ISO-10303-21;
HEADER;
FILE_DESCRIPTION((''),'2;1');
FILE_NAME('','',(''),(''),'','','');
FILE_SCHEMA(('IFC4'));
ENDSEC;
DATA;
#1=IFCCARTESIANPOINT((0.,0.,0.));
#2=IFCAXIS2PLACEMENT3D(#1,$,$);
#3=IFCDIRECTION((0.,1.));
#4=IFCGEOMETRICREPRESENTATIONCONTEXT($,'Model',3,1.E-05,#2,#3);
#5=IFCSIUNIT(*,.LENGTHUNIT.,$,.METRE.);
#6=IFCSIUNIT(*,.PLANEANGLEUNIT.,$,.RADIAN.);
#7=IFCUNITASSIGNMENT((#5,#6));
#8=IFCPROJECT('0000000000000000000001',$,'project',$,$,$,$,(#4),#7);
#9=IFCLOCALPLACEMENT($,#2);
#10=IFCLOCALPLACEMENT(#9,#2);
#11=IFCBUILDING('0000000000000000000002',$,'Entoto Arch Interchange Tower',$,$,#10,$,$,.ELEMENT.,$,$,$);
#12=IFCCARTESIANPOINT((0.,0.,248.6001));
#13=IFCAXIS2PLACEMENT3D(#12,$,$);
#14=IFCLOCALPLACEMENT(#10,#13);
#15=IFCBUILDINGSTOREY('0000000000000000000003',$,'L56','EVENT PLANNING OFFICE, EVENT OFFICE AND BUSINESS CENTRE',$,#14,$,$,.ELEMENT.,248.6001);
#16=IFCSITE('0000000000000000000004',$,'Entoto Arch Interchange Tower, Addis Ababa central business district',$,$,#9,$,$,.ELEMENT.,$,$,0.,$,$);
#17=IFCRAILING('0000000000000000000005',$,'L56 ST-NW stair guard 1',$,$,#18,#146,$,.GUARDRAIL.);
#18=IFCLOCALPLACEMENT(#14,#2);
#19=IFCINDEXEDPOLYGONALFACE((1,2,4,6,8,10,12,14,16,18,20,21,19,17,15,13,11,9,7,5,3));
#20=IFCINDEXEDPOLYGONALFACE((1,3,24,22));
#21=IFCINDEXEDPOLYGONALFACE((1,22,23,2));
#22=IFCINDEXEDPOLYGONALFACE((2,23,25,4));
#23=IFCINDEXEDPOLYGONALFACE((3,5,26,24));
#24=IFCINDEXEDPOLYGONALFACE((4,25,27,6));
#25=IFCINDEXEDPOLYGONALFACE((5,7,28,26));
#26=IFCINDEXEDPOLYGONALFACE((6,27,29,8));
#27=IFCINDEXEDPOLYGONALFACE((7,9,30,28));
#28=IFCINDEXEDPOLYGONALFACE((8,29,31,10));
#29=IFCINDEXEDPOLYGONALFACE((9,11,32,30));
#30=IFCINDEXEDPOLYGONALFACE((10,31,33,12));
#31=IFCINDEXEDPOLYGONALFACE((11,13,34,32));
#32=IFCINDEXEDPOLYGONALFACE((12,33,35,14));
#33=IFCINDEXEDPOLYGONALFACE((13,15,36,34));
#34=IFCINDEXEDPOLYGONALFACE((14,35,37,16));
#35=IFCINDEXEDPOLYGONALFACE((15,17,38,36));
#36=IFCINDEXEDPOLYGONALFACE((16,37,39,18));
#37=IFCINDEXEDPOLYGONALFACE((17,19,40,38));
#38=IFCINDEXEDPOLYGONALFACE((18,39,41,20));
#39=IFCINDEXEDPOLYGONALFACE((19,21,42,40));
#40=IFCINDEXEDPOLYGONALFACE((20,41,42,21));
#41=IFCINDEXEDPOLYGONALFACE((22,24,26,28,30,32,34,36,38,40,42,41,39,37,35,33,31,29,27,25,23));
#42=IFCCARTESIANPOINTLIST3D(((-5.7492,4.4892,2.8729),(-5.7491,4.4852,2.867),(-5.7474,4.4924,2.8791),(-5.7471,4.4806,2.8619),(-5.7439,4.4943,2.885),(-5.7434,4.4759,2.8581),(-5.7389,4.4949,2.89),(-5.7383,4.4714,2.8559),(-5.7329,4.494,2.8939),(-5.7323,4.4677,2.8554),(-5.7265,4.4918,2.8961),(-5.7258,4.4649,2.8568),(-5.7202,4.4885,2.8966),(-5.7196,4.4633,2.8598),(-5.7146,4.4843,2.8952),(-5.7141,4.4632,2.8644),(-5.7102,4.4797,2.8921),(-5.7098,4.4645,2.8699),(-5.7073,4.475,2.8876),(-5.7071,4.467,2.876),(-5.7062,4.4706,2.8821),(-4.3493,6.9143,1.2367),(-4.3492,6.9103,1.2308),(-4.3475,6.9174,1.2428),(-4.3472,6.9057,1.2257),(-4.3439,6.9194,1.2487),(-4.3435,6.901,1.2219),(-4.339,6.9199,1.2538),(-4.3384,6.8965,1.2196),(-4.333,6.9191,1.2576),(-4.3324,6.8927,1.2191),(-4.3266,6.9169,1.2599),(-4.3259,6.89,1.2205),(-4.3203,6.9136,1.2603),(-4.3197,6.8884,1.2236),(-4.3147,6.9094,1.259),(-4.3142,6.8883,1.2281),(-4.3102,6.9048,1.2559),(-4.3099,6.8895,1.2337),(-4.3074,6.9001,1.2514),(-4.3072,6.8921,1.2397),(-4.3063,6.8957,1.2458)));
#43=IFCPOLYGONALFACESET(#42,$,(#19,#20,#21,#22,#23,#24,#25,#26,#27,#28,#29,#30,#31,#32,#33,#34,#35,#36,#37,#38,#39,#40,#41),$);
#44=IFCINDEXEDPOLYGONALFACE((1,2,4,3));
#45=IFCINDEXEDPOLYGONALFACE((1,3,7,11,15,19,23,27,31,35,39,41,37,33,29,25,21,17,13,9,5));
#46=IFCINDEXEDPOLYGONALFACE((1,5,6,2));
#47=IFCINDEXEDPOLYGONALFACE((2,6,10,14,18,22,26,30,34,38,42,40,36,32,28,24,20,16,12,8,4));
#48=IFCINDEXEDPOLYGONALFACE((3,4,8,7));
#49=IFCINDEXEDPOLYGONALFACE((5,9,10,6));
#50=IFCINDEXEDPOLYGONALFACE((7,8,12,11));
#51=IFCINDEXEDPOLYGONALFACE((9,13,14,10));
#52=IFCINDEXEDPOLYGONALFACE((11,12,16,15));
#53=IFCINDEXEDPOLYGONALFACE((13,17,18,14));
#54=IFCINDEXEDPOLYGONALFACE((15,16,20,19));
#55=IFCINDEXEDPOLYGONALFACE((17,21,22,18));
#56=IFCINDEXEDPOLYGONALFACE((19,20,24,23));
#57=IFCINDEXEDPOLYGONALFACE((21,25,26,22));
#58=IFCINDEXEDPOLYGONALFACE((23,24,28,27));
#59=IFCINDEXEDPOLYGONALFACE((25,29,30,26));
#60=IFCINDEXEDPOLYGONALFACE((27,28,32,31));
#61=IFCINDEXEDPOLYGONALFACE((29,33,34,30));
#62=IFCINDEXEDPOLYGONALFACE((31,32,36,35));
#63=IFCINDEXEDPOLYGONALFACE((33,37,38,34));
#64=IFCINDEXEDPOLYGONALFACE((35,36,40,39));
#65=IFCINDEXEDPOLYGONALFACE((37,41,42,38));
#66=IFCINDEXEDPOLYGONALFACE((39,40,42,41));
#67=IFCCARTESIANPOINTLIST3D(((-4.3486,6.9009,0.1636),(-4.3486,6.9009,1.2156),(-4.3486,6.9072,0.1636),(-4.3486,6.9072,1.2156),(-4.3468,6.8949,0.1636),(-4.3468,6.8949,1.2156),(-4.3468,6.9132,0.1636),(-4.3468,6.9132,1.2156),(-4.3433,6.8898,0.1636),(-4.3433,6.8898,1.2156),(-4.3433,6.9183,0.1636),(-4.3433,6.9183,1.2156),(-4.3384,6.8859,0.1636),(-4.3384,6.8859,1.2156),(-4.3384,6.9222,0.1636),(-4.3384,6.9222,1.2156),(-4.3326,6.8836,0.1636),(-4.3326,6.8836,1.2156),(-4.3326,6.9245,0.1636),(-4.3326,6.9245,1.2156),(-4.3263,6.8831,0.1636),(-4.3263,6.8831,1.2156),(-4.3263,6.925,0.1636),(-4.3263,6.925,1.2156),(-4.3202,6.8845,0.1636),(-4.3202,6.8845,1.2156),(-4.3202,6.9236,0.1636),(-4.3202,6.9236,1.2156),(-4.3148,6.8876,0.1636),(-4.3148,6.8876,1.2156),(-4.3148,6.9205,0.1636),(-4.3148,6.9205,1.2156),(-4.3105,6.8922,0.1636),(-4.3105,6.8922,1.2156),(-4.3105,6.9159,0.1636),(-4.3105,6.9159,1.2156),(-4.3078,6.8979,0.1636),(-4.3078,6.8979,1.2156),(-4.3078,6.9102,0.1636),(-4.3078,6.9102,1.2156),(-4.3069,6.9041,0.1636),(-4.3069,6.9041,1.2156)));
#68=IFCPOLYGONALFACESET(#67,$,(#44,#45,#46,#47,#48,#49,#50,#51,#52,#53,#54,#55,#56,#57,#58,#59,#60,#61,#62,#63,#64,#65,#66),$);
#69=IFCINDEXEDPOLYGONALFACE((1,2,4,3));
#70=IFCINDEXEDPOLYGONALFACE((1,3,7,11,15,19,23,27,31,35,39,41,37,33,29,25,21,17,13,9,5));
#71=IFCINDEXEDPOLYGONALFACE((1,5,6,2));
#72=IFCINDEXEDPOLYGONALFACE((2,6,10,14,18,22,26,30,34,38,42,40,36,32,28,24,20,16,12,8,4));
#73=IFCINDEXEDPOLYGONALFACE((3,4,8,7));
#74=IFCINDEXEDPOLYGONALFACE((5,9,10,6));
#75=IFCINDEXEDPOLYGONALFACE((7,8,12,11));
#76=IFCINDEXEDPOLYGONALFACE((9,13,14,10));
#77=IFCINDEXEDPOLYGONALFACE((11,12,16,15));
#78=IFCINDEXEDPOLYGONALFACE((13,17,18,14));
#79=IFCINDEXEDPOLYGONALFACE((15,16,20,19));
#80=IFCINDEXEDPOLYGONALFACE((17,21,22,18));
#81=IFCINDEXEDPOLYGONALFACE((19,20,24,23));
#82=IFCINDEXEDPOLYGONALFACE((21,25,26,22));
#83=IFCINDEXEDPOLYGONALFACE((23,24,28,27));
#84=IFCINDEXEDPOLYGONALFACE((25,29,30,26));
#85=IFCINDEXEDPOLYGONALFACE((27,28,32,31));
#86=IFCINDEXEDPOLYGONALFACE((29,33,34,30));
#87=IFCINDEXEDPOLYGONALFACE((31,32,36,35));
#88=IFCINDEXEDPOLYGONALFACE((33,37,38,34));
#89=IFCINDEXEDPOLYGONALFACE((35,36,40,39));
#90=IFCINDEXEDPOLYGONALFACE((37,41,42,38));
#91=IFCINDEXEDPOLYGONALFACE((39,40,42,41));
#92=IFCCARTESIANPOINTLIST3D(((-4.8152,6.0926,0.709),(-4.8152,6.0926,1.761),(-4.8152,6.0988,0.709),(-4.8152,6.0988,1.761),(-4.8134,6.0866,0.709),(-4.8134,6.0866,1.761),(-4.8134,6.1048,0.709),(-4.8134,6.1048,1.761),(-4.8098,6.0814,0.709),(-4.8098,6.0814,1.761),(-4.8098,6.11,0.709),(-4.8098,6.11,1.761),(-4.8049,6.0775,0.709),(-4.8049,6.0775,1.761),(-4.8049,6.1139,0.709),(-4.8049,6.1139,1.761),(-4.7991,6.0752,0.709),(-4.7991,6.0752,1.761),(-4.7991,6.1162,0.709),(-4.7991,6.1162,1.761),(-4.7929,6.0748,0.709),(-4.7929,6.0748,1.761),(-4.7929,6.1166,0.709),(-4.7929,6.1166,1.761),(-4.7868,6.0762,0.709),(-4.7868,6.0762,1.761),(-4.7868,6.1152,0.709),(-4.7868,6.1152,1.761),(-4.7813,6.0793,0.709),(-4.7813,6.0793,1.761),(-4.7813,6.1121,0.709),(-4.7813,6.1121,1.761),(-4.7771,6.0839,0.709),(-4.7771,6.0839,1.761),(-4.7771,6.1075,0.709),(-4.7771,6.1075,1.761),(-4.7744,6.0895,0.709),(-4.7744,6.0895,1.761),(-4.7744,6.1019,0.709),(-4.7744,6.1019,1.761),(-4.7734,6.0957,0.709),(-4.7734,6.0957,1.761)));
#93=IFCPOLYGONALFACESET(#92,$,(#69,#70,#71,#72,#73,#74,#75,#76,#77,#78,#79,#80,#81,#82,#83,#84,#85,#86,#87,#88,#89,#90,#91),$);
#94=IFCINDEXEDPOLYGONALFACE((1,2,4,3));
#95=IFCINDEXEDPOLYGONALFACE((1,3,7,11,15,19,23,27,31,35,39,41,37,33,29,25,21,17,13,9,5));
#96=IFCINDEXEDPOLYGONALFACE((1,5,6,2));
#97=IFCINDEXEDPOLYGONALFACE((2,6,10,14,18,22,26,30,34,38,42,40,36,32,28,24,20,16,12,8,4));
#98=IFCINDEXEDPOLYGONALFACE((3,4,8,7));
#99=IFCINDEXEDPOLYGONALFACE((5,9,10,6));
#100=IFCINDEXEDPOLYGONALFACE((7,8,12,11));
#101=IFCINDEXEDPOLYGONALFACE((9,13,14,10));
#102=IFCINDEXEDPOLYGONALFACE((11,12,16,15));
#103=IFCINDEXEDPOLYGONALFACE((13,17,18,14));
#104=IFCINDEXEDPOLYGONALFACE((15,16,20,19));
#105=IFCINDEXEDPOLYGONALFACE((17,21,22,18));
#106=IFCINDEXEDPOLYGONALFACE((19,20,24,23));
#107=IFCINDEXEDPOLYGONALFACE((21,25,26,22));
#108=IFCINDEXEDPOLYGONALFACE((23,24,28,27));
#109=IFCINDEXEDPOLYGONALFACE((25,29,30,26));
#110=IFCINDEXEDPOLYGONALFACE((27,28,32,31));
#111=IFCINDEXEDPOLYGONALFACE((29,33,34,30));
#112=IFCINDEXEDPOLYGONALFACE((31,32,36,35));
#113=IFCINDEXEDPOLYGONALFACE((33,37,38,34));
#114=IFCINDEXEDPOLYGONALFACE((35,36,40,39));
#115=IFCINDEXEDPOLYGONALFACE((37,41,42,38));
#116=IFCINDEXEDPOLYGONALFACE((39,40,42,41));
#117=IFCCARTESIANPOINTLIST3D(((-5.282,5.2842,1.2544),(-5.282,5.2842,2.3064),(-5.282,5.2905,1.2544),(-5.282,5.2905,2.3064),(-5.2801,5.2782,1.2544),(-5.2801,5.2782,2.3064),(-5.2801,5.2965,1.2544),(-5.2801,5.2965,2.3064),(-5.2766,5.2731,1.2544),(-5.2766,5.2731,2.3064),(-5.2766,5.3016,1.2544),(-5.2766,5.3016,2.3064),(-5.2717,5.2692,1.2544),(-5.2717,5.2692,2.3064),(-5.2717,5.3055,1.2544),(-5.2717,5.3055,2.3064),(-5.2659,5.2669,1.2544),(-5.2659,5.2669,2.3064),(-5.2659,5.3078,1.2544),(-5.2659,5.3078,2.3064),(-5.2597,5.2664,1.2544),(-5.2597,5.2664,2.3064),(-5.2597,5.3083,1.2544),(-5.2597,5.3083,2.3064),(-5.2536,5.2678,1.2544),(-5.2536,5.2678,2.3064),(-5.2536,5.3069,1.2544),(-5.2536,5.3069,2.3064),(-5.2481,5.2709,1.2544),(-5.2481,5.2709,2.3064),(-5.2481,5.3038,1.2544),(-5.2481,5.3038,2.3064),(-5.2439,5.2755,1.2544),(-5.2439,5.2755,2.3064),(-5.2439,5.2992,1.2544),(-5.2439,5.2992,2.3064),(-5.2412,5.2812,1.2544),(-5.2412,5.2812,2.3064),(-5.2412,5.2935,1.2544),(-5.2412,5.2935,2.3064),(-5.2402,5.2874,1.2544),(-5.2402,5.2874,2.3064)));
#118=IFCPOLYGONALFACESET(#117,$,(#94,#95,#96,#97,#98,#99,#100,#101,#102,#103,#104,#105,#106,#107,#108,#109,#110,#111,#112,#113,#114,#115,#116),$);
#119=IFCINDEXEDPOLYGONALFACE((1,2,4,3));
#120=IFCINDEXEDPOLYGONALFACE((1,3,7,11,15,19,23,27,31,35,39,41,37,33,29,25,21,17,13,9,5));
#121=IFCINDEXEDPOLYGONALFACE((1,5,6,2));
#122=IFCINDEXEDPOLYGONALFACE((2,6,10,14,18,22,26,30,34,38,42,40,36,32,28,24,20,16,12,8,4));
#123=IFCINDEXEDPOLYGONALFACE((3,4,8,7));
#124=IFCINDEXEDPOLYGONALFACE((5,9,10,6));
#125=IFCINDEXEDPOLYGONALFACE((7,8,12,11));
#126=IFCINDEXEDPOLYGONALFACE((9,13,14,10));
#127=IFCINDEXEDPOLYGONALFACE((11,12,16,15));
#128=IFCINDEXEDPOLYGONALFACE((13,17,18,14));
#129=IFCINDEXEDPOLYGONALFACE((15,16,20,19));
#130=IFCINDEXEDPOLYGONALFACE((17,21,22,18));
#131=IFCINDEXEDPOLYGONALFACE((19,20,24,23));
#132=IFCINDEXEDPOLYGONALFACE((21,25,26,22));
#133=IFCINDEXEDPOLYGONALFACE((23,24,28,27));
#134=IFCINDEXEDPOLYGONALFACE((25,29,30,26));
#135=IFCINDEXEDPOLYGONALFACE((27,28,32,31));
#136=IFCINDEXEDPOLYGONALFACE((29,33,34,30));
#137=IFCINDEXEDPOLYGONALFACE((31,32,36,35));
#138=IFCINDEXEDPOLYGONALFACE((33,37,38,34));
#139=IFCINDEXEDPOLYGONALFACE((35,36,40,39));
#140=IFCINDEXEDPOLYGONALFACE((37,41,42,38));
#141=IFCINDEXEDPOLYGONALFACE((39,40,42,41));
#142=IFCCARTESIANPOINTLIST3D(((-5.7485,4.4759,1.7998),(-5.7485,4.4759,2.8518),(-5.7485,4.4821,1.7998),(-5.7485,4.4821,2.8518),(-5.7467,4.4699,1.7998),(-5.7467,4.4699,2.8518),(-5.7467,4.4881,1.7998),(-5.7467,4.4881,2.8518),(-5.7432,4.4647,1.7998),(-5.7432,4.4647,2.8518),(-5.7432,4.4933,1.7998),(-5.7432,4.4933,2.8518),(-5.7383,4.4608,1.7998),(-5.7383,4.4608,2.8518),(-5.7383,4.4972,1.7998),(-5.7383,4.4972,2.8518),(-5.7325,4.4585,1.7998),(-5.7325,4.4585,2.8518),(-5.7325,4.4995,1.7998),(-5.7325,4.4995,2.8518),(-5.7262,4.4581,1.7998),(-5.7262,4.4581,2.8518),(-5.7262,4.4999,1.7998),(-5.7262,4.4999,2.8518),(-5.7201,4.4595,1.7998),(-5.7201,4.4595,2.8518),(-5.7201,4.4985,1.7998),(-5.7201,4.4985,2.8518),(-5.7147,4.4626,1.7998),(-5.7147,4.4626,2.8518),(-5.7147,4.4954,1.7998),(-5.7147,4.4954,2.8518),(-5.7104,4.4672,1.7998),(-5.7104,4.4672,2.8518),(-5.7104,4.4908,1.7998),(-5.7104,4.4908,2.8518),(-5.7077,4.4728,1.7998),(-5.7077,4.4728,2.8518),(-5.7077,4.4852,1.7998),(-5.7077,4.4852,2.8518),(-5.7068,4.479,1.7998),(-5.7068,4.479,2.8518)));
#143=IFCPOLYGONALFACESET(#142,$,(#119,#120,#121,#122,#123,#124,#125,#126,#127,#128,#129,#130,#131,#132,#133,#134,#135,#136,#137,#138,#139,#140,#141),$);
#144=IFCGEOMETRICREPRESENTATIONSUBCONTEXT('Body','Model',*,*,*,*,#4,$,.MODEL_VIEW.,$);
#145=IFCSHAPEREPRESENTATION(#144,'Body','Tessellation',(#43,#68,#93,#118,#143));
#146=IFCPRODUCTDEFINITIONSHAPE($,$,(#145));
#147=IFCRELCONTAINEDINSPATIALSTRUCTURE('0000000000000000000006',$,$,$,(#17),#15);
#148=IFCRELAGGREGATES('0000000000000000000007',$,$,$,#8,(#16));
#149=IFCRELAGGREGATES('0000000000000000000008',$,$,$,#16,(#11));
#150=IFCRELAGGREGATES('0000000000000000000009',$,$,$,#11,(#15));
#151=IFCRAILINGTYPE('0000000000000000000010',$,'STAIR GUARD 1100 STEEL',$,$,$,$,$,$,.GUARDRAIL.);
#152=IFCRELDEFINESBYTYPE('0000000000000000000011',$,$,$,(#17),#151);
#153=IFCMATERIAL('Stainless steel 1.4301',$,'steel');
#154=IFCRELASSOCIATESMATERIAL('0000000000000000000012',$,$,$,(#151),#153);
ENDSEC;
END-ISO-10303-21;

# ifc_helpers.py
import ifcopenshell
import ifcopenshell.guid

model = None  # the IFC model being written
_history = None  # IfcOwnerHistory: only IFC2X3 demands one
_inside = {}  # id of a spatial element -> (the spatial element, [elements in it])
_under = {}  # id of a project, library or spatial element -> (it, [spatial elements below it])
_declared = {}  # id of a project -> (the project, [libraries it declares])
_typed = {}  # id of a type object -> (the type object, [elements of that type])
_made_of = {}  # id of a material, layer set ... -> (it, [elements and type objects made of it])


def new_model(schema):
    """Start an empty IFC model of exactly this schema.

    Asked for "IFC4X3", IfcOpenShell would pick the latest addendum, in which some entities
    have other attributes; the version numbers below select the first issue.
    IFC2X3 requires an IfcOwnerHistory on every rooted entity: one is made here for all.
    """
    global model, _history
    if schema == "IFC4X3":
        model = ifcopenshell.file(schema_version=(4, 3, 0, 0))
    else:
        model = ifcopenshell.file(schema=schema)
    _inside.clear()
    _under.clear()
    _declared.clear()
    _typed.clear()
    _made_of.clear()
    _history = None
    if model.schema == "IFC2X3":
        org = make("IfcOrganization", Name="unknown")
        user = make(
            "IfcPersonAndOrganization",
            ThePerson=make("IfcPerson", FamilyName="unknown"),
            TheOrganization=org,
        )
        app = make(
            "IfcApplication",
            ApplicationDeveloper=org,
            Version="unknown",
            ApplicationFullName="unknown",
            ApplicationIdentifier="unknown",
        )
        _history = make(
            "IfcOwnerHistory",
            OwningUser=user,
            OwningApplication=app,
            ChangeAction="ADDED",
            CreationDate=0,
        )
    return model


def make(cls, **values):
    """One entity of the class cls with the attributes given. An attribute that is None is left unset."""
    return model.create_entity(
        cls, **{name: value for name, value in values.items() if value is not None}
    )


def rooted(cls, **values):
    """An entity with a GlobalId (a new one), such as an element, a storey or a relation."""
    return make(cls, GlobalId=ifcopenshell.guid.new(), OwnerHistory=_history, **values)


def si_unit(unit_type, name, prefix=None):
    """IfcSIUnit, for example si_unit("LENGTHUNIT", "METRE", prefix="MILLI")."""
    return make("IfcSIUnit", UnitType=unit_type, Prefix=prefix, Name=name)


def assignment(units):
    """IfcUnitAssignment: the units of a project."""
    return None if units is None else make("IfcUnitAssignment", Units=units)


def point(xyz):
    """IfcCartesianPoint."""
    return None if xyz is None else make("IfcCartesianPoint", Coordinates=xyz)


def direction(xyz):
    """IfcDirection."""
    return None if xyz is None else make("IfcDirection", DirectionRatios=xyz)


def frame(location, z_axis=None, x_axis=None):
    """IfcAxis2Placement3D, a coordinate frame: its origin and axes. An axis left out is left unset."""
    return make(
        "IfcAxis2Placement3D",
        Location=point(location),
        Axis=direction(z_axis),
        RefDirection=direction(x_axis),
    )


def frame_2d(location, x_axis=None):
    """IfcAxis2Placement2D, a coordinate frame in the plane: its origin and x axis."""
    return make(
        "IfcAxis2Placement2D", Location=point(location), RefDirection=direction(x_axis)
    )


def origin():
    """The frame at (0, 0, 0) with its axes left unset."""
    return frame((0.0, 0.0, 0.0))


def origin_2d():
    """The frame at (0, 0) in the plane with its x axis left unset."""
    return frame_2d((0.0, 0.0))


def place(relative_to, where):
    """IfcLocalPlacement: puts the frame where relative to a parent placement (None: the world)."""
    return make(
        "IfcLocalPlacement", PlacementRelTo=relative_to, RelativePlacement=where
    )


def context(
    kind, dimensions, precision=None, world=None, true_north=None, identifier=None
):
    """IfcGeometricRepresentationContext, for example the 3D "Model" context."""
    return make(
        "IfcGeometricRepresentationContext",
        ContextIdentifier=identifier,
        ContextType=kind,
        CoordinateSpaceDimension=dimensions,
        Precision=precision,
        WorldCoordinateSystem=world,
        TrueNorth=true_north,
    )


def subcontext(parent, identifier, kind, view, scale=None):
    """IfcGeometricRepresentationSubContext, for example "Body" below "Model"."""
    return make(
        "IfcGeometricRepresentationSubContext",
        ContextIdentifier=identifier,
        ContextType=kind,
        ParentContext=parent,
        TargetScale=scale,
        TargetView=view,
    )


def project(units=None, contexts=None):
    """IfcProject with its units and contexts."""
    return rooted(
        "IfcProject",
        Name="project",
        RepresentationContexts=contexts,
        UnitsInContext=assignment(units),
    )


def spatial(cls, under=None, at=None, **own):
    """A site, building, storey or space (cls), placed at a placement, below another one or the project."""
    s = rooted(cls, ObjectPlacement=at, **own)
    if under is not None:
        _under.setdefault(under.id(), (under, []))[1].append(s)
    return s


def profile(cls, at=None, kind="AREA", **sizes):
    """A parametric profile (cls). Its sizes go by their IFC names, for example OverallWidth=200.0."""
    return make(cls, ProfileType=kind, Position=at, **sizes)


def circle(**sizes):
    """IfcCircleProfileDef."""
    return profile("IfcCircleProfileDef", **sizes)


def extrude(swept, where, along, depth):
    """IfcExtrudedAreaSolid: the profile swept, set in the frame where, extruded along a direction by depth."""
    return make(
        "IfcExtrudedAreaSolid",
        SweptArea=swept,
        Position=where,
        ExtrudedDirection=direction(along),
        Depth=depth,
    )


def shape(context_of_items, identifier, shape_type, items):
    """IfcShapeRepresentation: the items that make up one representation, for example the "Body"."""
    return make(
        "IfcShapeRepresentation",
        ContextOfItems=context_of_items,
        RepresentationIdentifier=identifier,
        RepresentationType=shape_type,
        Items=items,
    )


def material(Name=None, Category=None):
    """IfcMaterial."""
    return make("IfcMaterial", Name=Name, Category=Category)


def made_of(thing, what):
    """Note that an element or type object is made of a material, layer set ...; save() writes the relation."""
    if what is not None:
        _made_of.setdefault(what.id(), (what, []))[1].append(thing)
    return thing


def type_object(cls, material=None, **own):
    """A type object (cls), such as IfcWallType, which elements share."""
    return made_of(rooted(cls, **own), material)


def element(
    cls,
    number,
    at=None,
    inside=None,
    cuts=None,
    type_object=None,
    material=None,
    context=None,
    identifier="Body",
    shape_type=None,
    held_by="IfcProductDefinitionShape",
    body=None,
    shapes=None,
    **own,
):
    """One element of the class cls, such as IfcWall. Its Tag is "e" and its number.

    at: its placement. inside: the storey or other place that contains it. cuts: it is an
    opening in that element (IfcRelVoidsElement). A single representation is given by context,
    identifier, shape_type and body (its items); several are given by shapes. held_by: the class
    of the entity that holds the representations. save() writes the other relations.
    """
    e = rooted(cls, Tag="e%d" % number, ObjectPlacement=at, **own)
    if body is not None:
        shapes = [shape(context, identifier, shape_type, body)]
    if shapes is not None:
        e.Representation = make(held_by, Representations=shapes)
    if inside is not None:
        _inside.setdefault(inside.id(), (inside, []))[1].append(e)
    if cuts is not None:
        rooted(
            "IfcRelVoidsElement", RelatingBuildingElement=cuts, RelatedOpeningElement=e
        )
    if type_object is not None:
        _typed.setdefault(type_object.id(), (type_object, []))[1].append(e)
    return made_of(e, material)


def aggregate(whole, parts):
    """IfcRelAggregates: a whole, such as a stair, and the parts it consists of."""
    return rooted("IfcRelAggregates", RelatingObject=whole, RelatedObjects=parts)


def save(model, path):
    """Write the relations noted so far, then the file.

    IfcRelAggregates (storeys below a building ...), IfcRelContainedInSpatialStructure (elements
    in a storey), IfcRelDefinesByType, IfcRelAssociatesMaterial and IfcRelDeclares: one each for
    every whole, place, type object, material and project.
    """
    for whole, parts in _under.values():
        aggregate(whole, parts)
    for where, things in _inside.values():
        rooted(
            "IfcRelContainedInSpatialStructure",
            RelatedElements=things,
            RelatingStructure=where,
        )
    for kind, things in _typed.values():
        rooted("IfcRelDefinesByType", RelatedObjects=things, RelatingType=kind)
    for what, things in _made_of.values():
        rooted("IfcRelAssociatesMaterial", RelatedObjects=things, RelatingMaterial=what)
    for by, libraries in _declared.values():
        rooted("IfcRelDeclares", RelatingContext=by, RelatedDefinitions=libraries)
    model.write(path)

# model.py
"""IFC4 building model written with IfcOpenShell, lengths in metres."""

from ifc_helpers import new_model, si_unit, direction, frame, origin, origin_2d, place, context, subcontext, project, spatial, circle, extrude, material, type_object, element, save


model = new_model("IFC4")

# Units and contexts
model_context = context("Model", 3, precision=1e-05, world=origin(), true_north=direction((0.0, 1.0)))
body_context = subcontext(model_context, "Body", "Model", "MODEL_VIEW")
ifc_project = project(units=[si_unit("LENGTHUNIT", "METRE"), si_unit("PLANEANGLEUNIT", "RADIAN")], contexts=[model_context])

# Site, building, storey
site_placement = place(None, origin())
site = spatial("IfcSite", under=ifc_project, at=site_placement, Name="Entoto Arch Interchange Tower, Addis Ababa central business district", CompositionType="ELEMENT", RefElevation=0.0)
building_placement = place(site_placement, origin())
building = spatial("IfcBuilding", under=site, at=building_placement, Name="Entoto Arch Interchange Tower", CompositionType="ELEMENT")
storey_placement = place(building_placement, frame((0.0, 0.0, 248.6001)))
storey = spatial("IfcBuildingStorey", under=building, at=storey_placement, Name="L56", Description="EVENT PLANNING OFFICE, EVENT OFFICE AND BUSINESS CENTRE", CompositionType="ELEMENT", Elevation=248.6001)

# Railing
ifc_material_1 = material(Name="Stainless steel 1.4301", Category="steel")
railing_type_1 = type_object("IfcRailingType", Name="STAIR GUARD 1100 STEEL", PredefinedType="GUARDRAIL", material=ifc_material_1)
railing_1_placement = place(storey_placement, frame((-4.3279, 6.9041, 0.1636)))
element("IfcRailing", 1, at=railing_1_placement, inside=storey, type_object=railing_type_1, Name="L56 ST-NW stair guard 1", PredefinedType="GUARDRAIL", context=body_context, shape_type="SweptSolid", body=[
    extrude(circle(Radius=0.0239, at=origin_2d()), frame((0.0, 0.0, 1.0762), z_axis=(-0.431653, -0.747751, 0.504523), x_axis=(0.866056, -0.499946, 0.0)), (0.0, 0.0, 1.0), 3.2432),
    extrude(circle(Radius=0.021, at=origin_2d()), origin(), (0.0, 0.0, 1.0), 1.052),
    extrude(circle(Radius=0.021, at=origin_2d()), frame((-0.4666, -0.8083, 0.5454)), (0.0, 0.0, 1.0), 1.052),
    extrude(circle(Radius=0.021, at=origin_2d()), frame((-0.9333, -1.6167, 1.0908)), (0.0, 0.0, 1.0), 1.052),
    extrude(circle(Radius=0.021, at=origin_2d()), frame((-1.3999, -2.425, 1.6362)), (0.0, 0.0, 1.0), 1.052),
])

save(model, "model.ifc")
